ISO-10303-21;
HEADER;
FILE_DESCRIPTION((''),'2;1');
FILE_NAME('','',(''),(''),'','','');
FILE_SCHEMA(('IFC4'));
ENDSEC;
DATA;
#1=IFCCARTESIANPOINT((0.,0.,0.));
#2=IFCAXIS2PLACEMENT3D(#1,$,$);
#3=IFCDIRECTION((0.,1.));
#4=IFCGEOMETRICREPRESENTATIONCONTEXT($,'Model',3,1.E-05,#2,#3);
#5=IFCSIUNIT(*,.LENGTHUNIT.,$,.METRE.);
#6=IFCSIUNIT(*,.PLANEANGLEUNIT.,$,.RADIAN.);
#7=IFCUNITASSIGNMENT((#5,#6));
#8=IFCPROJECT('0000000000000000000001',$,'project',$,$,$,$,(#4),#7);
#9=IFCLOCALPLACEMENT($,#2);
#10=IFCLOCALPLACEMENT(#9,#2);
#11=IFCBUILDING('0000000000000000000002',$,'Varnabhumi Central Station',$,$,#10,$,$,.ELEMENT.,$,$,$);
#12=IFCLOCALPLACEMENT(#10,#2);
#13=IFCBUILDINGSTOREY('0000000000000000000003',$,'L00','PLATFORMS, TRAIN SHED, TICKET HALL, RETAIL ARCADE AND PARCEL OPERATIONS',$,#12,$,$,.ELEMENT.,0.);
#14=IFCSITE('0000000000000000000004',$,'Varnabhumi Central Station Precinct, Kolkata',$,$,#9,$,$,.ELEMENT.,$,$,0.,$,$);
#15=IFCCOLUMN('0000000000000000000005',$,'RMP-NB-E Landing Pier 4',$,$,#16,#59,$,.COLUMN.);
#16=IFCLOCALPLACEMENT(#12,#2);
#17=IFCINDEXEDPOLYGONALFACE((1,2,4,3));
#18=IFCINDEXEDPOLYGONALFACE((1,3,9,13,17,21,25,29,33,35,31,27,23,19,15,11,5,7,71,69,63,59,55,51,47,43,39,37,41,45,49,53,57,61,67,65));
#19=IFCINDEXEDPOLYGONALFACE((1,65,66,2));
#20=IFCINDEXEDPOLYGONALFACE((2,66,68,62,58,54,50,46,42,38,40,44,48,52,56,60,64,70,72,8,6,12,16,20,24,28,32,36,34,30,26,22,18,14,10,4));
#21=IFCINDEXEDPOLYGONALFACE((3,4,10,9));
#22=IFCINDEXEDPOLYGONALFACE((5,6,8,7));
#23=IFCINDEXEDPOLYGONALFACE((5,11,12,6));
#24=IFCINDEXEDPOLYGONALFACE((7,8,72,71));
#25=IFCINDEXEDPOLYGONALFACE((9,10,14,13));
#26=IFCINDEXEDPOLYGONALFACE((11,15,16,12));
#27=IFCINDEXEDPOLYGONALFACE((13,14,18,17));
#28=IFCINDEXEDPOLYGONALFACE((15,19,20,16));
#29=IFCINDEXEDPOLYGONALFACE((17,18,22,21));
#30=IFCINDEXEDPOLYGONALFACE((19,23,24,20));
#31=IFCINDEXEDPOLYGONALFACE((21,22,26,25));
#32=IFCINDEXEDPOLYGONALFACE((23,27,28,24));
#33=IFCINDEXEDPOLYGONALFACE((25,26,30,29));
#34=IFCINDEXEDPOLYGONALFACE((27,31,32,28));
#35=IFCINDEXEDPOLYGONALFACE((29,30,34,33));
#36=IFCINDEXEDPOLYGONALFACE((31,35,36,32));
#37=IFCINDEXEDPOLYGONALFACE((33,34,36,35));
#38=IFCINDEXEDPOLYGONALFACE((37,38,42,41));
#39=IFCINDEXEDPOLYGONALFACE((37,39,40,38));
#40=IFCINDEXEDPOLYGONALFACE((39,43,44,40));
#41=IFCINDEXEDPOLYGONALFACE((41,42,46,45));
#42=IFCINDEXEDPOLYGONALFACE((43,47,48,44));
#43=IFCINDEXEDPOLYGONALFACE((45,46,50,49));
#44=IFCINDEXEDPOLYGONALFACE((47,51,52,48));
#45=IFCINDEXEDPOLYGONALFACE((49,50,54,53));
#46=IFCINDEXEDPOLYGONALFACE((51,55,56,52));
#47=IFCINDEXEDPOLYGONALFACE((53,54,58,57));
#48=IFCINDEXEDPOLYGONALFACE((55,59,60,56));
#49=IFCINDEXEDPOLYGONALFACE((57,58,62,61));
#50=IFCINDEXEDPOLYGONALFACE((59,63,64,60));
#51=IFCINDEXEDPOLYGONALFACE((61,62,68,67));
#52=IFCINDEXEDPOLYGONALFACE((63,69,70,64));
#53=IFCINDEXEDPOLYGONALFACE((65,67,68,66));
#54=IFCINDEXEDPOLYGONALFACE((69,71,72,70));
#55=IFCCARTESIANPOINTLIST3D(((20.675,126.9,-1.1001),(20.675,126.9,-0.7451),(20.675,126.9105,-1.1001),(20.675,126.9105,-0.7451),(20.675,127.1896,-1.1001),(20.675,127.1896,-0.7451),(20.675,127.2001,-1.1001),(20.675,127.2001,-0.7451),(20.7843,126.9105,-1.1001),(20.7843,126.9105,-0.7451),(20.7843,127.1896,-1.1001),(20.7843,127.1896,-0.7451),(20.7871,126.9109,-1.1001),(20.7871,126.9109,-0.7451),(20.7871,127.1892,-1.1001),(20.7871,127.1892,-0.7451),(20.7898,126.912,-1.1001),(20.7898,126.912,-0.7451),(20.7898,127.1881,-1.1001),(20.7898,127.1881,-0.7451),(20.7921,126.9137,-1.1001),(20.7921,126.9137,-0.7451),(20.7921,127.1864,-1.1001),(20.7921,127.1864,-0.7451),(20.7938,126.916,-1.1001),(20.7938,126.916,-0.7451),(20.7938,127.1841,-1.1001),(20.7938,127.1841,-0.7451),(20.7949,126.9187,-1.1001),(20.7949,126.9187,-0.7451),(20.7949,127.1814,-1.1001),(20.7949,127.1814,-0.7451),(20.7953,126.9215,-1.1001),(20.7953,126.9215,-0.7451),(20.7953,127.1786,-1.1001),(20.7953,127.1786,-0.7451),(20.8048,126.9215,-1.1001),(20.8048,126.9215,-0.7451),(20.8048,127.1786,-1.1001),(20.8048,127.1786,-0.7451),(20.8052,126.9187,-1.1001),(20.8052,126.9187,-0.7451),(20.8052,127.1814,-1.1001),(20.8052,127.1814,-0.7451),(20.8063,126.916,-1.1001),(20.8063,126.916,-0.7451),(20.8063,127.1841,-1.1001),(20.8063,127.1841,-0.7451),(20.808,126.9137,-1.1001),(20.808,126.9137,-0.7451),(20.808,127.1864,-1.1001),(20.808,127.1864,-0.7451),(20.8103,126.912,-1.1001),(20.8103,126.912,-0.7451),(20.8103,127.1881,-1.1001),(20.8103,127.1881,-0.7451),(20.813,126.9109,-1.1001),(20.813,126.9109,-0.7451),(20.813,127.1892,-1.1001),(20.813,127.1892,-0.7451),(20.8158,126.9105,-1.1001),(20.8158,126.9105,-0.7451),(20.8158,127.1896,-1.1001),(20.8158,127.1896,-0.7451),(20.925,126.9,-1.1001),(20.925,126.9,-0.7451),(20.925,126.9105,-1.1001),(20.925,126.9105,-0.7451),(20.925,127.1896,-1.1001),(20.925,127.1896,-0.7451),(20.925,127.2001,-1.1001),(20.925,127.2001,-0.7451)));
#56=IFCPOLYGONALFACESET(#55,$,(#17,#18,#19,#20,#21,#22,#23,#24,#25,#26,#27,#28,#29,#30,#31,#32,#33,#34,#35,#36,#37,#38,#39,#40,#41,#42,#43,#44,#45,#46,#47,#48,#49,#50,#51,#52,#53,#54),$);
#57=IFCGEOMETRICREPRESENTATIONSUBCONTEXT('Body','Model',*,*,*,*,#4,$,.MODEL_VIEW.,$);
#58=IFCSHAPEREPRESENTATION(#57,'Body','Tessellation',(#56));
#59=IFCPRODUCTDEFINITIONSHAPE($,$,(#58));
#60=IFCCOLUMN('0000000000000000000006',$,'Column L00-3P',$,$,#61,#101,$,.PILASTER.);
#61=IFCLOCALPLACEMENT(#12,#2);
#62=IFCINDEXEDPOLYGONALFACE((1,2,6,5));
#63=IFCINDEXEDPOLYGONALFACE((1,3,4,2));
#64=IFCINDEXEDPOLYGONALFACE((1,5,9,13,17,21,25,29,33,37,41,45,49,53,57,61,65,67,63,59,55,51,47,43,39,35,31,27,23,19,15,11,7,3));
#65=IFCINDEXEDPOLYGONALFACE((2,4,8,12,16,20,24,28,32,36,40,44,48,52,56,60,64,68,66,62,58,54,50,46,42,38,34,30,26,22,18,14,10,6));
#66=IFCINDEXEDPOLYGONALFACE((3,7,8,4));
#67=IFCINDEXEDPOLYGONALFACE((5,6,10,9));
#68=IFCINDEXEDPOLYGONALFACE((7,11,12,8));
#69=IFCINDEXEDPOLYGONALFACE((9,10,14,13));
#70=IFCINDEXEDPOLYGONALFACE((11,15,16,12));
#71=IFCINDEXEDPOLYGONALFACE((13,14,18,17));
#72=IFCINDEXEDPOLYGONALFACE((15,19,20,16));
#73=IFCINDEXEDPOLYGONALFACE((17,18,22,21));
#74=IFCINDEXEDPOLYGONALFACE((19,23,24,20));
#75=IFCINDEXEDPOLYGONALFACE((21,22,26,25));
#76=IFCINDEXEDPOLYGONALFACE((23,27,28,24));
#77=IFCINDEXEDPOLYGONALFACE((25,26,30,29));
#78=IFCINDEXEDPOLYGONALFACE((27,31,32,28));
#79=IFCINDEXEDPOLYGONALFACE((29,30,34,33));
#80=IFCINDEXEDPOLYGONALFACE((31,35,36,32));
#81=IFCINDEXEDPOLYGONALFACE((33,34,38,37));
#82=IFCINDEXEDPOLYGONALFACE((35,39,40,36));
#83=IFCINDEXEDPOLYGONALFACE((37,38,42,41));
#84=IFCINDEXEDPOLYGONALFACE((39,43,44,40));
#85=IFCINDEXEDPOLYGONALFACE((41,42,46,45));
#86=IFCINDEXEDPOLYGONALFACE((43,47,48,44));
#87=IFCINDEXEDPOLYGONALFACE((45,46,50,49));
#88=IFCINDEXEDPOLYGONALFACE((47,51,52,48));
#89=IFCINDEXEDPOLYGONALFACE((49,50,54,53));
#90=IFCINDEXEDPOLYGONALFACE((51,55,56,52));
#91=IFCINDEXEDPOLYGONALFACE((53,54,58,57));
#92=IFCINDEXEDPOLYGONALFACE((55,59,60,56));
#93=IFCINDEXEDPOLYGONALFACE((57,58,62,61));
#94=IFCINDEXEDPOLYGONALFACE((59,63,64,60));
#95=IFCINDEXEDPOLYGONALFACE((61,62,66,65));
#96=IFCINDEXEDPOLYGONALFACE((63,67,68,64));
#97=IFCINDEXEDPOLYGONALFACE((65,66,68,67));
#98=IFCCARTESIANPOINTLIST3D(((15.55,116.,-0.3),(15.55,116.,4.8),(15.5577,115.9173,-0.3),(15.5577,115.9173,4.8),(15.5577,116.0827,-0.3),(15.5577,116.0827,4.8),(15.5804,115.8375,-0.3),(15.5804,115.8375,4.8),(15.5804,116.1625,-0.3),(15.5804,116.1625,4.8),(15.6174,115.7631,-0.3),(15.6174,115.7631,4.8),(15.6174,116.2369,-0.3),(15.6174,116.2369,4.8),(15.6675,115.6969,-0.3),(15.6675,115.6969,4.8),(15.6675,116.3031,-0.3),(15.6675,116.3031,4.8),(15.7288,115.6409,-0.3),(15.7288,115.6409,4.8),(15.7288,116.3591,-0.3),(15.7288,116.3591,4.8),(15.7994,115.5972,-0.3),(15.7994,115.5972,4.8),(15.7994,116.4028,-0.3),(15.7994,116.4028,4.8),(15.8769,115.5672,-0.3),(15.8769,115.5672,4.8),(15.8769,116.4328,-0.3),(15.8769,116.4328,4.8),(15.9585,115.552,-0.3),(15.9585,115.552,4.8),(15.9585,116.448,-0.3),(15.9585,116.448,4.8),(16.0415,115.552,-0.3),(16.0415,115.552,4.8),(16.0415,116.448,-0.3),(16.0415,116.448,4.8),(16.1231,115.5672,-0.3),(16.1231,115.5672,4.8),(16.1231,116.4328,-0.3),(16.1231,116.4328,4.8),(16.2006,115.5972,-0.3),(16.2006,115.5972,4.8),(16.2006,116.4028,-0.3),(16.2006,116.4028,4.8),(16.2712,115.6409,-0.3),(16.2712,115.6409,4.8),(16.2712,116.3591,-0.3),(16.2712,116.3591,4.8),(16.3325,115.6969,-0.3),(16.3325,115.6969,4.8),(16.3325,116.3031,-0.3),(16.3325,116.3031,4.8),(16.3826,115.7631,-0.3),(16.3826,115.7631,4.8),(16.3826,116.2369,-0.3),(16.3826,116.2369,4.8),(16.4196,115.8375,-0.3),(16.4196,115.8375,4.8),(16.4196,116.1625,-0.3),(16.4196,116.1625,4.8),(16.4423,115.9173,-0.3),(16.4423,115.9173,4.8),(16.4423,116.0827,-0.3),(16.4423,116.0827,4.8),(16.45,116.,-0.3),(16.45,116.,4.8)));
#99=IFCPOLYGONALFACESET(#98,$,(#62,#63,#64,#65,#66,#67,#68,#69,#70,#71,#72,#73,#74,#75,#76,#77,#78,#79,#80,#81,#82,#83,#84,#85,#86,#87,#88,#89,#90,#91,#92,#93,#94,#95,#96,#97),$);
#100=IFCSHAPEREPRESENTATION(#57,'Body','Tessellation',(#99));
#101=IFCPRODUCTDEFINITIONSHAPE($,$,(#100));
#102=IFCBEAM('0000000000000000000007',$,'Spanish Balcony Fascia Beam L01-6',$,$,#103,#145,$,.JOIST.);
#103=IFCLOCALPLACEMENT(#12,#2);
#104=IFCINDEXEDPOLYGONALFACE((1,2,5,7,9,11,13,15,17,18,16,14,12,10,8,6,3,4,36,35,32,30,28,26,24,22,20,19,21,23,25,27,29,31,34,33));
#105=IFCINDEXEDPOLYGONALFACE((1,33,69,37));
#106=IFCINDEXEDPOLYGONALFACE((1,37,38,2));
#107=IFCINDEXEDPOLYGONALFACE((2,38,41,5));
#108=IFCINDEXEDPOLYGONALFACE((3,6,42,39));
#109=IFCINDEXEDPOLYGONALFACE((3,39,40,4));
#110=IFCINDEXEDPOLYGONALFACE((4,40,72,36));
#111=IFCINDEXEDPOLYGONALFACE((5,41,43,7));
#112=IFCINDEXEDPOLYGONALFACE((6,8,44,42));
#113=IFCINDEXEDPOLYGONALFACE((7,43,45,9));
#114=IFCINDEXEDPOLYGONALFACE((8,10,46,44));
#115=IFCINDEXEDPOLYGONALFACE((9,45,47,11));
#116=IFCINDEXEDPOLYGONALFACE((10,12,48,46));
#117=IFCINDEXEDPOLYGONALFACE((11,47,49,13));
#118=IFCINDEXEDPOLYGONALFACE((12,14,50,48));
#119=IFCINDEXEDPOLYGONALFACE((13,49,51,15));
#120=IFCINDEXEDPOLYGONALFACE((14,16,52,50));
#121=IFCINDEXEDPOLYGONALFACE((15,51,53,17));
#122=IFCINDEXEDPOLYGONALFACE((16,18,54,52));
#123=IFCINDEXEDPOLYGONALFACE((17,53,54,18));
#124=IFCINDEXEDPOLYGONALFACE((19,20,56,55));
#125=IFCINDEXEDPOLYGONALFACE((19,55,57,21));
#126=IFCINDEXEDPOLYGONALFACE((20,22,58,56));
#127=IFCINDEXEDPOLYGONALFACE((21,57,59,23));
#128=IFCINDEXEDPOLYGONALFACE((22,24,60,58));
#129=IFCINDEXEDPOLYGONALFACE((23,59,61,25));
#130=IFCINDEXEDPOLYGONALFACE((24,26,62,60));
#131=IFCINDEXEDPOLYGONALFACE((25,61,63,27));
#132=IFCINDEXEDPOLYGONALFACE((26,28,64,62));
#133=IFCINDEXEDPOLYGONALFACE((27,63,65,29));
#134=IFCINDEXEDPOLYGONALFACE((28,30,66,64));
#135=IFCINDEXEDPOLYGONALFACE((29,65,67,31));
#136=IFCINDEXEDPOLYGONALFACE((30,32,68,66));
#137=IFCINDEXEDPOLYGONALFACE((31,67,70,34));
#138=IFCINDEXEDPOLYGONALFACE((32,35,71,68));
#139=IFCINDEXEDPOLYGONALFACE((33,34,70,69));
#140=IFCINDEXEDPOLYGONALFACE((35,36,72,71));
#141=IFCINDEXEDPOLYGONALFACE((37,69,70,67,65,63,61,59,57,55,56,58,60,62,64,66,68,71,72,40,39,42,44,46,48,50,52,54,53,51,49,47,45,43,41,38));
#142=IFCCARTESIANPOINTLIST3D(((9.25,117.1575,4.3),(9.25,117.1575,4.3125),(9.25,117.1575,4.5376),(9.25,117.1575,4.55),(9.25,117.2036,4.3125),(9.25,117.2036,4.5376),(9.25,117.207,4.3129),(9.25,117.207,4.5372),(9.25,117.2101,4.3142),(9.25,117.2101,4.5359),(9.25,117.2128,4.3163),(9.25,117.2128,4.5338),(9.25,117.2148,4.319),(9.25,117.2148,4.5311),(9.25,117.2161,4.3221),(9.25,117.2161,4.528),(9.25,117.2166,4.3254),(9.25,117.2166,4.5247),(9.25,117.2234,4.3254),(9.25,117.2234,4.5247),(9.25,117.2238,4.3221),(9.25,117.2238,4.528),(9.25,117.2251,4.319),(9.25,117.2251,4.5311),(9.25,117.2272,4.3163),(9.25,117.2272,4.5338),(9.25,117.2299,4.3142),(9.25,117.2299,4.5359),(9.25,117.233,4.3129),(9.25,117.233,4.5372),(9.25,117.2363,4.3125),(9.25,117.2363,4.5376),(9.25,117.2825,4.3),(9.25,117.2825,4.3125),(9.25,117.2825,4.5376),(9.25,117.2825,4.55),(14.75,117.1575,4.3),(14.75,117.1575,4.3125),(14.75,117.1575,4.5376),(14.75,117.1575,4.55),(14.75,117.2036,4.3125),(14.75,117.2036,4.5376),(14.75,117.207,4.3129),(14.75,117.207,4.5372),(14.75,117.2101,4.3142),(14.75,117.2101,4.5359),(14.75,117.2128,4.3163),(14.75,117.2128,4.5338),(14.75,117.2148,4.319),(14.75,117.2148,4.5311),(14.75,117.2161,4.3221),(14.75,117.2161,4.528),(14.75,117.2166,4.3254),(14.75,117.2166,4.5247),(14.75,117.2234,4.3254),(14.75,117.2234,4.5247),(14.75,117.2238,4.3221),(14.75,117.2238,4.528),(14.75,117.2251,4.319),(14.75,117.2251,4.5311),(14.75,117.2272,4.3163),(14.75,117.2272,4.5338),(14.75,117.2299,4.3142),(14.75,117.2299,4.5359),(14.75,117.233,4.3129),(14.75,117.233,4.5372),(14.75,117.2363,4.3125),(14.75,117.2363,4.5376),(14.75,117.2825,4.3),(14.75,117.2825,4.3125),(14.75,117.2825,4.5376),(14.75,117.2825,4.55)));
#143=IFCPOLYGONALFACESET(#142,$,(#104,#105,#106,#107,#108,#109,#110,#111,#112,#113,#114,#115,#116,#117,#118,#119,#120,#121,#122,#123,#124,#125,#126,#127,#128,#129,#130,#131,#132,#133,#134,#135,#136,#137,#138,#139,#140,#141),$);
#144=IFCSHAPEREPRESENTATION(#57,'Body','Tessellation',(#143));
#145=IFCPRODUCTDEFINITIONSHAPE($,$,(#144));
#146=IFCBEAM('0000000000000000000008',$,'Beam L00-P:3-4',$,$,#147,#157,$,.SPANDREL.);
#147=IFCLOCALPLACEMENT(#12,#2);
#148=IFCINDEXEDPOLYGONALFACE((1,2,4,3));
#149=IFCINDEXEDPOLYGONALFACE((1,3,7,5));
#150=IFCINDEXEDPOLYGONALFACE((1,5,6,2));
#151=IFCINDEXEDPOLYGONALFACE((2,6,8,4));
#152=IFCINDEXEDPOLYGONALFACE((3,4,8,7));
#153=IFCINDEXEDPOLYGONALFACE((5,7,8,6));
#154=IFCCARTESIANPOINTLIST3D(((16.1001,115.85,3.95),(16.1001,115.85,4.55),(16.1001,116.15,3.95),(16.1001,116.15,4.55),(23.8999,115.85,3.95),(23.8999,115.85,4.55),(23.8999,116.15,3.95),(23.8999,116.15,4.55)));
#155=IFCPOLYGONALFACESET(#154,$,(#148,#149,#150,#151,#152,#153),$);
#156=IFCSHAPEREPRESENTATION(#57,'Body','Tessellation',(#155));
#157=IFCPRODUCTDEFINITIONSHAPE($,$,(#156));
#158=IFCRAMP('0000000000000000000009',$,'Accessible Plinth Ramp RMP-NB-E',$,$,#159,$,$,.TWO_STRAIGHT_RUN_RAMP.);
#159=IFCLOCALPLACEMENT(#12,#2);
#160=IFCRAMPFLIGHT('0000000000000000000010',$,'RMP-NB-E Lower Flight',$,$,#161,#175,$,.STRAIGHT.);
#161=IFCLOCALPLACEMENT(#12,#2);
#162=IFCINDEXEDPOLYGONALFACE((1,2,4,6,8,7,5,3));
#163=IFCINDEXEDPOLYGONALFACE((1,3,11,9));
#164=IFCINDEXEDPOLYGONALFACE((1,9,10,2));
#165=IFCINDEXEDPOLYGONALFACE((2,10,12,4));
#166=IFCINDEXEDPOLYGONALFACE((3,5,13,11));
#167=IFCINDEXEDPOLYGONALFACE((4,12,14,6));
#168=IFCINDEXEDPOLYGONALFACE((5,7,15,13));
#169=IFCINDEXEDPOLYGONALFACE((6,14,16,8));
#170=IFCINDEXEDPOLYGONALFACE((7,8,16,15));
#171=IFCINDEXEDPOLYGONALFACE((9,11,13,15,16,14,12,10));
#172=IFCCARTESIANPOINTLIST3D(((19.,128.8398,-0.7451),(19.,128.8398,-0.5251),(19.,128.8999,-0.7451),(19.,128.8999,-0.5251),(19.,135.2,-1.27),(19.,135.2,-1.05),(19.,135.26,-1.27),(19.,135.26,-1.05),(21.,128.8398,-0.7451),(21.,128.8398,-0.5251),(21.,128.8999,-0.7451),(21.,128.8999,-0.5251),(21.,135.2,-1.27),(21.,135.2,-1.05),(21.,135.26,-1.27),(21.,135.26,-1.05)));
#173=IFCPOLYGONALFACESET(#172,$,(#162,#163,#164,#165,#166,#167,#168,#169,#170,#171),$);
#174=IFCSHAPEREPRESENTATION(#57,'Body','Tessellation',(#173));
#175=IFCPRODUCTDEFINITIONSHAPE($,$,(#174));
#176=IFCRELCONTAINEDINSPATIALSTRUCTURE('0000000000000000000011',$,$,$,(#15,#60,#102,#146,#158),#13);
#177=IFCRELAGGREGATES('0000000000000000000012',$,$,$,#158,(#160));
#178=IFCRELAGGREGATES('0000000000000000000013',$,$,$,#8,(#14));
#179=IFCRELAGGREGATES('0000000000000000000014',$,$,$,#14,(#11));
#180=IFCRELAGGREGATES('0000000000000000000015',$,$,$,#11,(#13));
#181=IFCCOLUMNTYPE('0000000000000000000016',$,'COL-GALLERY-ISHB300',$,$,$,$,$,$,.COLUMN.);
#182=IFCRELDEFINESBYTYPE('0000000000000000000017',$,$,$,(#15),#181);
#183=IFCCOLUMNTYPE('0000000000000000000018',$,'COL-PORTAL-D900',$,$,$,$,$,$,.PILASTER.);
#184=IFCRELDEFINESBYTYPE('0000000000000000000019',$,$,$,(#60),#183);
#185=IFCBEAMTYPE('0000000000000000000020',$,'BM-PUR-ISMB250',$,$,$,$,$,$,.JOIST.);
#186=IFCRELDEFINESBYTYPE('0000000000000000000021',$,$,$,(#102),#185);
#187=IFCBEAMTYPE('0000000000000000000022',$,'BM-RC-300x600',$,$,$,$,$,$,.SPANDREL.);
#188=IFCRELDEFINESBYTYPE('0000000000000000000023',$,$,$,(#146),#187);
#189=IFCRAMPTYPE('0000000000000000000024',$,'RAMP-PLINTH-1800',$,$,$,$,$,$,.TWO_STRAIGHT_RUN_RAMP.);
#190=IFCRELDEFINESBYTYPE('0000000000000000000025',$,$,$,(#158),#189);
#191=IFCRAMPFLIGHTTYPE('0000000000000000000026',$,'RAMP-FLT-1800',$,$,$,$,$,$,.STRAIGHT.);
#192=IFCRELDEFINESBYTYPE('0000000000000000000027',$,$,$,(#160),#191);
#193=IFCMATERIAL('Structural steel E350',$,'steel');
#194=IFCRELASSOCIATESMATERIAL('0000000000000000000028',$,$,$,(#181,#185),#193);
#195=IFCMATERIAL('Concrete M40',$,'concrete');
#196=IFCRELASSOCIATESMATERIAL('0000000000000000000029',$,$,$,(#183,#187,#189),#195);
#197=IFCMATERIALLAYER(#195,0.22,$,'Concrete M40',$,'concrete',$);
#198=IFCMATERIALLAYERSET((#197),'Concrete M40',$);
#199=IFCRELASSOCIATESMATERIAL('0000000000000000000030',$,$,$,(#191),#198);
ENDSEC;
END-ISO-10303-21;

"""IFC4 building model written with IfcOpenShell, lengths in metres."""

from ifc_helpers import new_model, si_unit, direction, frame, origin, origin_2d, place, context, subcontext, project, spatial, polyline, rectangle, circle, i_section, outline, extrude, material, layer, layer_set, material_profile, profile_set, type_object, element, aggregate, save


model = new_model("IFC4")

# Units and contexts
model_context = context("Model", 3, precision=1e-05, world=origin(), true_north=direction((0.0, 1.0)))
body_context = subcontext(model_context, "Body", "Model", "MODEL_VIEW")
ifc_project = project(units=[si_unit("LENGTHUNIT", "METRE"), si_unit("PLANEANGLEUNIT", "RADIAN")], contexts=[model_context])

# Site, building, storey
site_placement = place(None, origin())
site = spatial("IfcSite", under=ifc_project, at=site_placement, Name="Varnabhumi Central Station Precinct, Kolkata", CompositionType="ELEMENT", RefElevation=0.0)
building_placement = place(site_placement, origin())
building = spatial("IfcBuilding", under=site, at=building_placement, Name="Varnabhumi Central Station", CompositionType="ELEMENT")
storey_placement = place(building_placement, origin())
storey = spatial("IfcBuildingStorey", under=building, at=storey_placement, Name="L00", Description="PLATFORMS, TRAIN SHED, TICKET HALL, RETAIL ARCADE AND PARCEL OPERATIONS", CompositionType="ELEMENT", Elevation=0.0)

# Shared definitions
ifc_material_1 = material(Name="Concrete M40", Category="concrete")

# Columns
ifc_material_2 = material(Name="Structural steel E350", Category="steel")
ifc_material_profile_1 = material_profile(ifc_material_2, i_section(OverallWidth=0.25, OverallDepth=0.3, WebThickness=0.0095, FlangeThickness=0.0105, FilletRadius=0.011, at=origin_2d()), Name="Structural steel E350", Category="steel")
ifc_profile_set_1 = profile_set([ifc_material_profile_1], Name="Structural steel E350")
column_type_1 = type_object("IfcColumnType", Name="COL-GALLERY-ISHB300", PredefinedType="COLUMN", material=ifc_profile_set_1)
for number, where, z_axis, x_axis, name in (
    (1, (20.8, 127.05, -1.1001), (0.0, 0.0, 1.0), (1.0, 0.0, 0.0), "RMP-NB-E Landing Pier 4"),
):
    element("IfcColumn", number, at=place(storey_placement, frame(where, z_axis=z_axis, x_axis=x_axis)), inside=storey, type_object=column_type_1, Name=name, PredefinedType="COLUMN", context=body_context, shape_type="SweptSolid", body=[
        extrude(i_section(OverallWidth=0.25, OverallDepth=0.3, WebThickness=0.0095, FlangeThickness=0.0105, FilletRadius=0.011, at=origin_2d()), origin(), (0.0, 0.0, 1.0), 0.355),
    ])
ifc_material_profile_2 = material_profile(ifc_material_1, circle(Radius=0.45, at=origin_2d()), Name="Concrete M40", Category="concrete")
ifc_profile_set_2 = profile_set([ifc_material_profile_2], Name="Concrete M40")
column_type_2 = type_object("IfcColumnType", Name="COL-PORTAL-D900", PredefinedType="PILASTER", material=ifc_profile_set_2)
column_placement = place(storey_placement, frame((16.0, 116.0, -0.3), z_axis=(0.0, 0.0, 1.0), x_axis=(1.0, 0.0, 0.0)))
element("IfcColumn", 2, at=column_placement, inside=storey, type_object=column_type_2, Name="Column L00-3P", PredefinedType="PILASTER", context=body_context, shape_type="SweptSolid", body=[
    extrude(circle(Radius=0.45, at=origin_2d()), origin(), (0.0, 0.0, 1.0), 5.1001),
])

# Beams
ifc_material_profile_3 = material_profile(ifc_material_2, i_section(OverallWidth=0.125, OverallDepth=0.25, WebThickness=0.0068, FlangeThickness=0.0125, FilletRadius=0.0129, at=origin_2d()), Name="Structural steel E350", Category="steel")
ifc_profile_set_3 = profile_set([ifc_material_profile_3], Name="Structural steel E350")
beam_type_1 = type_object("IfcBeamType", Name="BM-PUR-ISMB250", PredefinedType="JOIST", material=ifc_profile_set_3)
beam_1_placement = place(storey_placement, frame((9.25, 117.22, 4.425), z_axis=(1.0, 0.0, 0.0), x_axis=(0.0, 1.0, 0.0)))
element("IfcBeam", 3, at=beam_1_placement, inside=storey, type_object=beam_type_1, Name="Spanish Balcony Fascia Beam L01-6", PredefinedType="JOIST", context=body_context, shape_type="SweptSolid", body=[
    extrude(i_section(OverallWidth=0.125, OverallDepth=0.25, WebThickness=0.0068, FlangeThickness=0.0125, FilletRadius=0.0129, at=origin_2d()), origin(), (0.0, 0.0, 1.0), 5.5),
])
ifc_material_profile_4 = material_profile(ifc_material_1, rectangle(XDim=0.3, YDim=0.6001, at=origin_2d()), Name="Concrete M40", Category="concrete")
ifc_profile_set_4 = profile_set([ifc_material_profile_4], Name="Concrete M40")
beam_type_2 = type_object("IfcBeamType", Name="BM-RC-300x600", PredefinedType="SPANDREL", material=ifc_profile_set_4)
beam_2_placement = place(storey_placement, frame((16.1001, 116.0, 4.25), z_axis=(1.0, 0.0, 0.0), x_axis=(0.0, 1.0, 0.0)))
element("IfcBeam", 4, at=beam_2_placement, inside=storey, type_object=beam_type_2, Name="Beam L00-P:3-4", PredefinedType="SPANDREL", context=body_context, shape_type="SweptSolid", body=[
    extrude(rectangle(XDim=0.3, YDim=0.6001, at=origin_2d()), origin(), (0.0, 0.0, 1.0), 7.7998),
])

# Ramp, ramp flight
ramp_type = type_object("IfcRampType", Name="RAMP-PLINTH-1800", PredefinedType="TWO_STRAIGHT_RUN_RAMP", material=ifc_material_1)
ramp_placement = place(storey_placement, origin())
ramp = element("IfcRamp", 5, at=ramp_placement, inside=storey, type_object=ramp_type, Name="Accessible Plinth Ramp RMP-NB-E", PredefinedType="TWO_STRAIGHT_RUN_RAMP")
ifc_layer_1 = layer(ifc_material_1, 0.22, Name="Concrete M40", Category="concrete")
ifc_layer_set_1 = layer_set([ifc_layer_1], Name="Concrete M40")
ramp_flight_type = type_object("IfcRampFlightType", Name="RAMP-FLT-1800", PredefinedType="STRAIGHT", material=ifc_layer_set_1)
ramp_flight_1_placement = place(storey_placement, frame((20.0, 135.2, -1.05), z_axis=(0.0, 0.0, 1.0), x_axis=(0.0, -1.0, 0.0)))
ramp_flight_1 = element("IfcRampFlight", 6, at=ramp_flight_1_placement, type_object=ramp_flight_type, Name="RMP-NB-E Lower Flight", PredefinedType="STRAIGHT", context=body_context, shape_type="SweptSolid", body=[
    extrude(outline(polyline([(-0.0601, 0.0), (0.0, 0.0), (6.3, 0.5249), (6.3601, 0.5249), (6.3601, 0.3049), (6.3, 0.3049), (0.0, -0.22), (-0.0601, -0.22), (-0.0601, 0.0)])), frame((0.0, 1.0, 0.0), z_axis=(0.0, -1.0, 0.0), x_axis=(1.0, 0.0, 0.0)), (0.0, 0.0, 1.0), 2.0),
])
aggregate(ramp, [ramp_flight_1])

save(model, "model.ifc")
